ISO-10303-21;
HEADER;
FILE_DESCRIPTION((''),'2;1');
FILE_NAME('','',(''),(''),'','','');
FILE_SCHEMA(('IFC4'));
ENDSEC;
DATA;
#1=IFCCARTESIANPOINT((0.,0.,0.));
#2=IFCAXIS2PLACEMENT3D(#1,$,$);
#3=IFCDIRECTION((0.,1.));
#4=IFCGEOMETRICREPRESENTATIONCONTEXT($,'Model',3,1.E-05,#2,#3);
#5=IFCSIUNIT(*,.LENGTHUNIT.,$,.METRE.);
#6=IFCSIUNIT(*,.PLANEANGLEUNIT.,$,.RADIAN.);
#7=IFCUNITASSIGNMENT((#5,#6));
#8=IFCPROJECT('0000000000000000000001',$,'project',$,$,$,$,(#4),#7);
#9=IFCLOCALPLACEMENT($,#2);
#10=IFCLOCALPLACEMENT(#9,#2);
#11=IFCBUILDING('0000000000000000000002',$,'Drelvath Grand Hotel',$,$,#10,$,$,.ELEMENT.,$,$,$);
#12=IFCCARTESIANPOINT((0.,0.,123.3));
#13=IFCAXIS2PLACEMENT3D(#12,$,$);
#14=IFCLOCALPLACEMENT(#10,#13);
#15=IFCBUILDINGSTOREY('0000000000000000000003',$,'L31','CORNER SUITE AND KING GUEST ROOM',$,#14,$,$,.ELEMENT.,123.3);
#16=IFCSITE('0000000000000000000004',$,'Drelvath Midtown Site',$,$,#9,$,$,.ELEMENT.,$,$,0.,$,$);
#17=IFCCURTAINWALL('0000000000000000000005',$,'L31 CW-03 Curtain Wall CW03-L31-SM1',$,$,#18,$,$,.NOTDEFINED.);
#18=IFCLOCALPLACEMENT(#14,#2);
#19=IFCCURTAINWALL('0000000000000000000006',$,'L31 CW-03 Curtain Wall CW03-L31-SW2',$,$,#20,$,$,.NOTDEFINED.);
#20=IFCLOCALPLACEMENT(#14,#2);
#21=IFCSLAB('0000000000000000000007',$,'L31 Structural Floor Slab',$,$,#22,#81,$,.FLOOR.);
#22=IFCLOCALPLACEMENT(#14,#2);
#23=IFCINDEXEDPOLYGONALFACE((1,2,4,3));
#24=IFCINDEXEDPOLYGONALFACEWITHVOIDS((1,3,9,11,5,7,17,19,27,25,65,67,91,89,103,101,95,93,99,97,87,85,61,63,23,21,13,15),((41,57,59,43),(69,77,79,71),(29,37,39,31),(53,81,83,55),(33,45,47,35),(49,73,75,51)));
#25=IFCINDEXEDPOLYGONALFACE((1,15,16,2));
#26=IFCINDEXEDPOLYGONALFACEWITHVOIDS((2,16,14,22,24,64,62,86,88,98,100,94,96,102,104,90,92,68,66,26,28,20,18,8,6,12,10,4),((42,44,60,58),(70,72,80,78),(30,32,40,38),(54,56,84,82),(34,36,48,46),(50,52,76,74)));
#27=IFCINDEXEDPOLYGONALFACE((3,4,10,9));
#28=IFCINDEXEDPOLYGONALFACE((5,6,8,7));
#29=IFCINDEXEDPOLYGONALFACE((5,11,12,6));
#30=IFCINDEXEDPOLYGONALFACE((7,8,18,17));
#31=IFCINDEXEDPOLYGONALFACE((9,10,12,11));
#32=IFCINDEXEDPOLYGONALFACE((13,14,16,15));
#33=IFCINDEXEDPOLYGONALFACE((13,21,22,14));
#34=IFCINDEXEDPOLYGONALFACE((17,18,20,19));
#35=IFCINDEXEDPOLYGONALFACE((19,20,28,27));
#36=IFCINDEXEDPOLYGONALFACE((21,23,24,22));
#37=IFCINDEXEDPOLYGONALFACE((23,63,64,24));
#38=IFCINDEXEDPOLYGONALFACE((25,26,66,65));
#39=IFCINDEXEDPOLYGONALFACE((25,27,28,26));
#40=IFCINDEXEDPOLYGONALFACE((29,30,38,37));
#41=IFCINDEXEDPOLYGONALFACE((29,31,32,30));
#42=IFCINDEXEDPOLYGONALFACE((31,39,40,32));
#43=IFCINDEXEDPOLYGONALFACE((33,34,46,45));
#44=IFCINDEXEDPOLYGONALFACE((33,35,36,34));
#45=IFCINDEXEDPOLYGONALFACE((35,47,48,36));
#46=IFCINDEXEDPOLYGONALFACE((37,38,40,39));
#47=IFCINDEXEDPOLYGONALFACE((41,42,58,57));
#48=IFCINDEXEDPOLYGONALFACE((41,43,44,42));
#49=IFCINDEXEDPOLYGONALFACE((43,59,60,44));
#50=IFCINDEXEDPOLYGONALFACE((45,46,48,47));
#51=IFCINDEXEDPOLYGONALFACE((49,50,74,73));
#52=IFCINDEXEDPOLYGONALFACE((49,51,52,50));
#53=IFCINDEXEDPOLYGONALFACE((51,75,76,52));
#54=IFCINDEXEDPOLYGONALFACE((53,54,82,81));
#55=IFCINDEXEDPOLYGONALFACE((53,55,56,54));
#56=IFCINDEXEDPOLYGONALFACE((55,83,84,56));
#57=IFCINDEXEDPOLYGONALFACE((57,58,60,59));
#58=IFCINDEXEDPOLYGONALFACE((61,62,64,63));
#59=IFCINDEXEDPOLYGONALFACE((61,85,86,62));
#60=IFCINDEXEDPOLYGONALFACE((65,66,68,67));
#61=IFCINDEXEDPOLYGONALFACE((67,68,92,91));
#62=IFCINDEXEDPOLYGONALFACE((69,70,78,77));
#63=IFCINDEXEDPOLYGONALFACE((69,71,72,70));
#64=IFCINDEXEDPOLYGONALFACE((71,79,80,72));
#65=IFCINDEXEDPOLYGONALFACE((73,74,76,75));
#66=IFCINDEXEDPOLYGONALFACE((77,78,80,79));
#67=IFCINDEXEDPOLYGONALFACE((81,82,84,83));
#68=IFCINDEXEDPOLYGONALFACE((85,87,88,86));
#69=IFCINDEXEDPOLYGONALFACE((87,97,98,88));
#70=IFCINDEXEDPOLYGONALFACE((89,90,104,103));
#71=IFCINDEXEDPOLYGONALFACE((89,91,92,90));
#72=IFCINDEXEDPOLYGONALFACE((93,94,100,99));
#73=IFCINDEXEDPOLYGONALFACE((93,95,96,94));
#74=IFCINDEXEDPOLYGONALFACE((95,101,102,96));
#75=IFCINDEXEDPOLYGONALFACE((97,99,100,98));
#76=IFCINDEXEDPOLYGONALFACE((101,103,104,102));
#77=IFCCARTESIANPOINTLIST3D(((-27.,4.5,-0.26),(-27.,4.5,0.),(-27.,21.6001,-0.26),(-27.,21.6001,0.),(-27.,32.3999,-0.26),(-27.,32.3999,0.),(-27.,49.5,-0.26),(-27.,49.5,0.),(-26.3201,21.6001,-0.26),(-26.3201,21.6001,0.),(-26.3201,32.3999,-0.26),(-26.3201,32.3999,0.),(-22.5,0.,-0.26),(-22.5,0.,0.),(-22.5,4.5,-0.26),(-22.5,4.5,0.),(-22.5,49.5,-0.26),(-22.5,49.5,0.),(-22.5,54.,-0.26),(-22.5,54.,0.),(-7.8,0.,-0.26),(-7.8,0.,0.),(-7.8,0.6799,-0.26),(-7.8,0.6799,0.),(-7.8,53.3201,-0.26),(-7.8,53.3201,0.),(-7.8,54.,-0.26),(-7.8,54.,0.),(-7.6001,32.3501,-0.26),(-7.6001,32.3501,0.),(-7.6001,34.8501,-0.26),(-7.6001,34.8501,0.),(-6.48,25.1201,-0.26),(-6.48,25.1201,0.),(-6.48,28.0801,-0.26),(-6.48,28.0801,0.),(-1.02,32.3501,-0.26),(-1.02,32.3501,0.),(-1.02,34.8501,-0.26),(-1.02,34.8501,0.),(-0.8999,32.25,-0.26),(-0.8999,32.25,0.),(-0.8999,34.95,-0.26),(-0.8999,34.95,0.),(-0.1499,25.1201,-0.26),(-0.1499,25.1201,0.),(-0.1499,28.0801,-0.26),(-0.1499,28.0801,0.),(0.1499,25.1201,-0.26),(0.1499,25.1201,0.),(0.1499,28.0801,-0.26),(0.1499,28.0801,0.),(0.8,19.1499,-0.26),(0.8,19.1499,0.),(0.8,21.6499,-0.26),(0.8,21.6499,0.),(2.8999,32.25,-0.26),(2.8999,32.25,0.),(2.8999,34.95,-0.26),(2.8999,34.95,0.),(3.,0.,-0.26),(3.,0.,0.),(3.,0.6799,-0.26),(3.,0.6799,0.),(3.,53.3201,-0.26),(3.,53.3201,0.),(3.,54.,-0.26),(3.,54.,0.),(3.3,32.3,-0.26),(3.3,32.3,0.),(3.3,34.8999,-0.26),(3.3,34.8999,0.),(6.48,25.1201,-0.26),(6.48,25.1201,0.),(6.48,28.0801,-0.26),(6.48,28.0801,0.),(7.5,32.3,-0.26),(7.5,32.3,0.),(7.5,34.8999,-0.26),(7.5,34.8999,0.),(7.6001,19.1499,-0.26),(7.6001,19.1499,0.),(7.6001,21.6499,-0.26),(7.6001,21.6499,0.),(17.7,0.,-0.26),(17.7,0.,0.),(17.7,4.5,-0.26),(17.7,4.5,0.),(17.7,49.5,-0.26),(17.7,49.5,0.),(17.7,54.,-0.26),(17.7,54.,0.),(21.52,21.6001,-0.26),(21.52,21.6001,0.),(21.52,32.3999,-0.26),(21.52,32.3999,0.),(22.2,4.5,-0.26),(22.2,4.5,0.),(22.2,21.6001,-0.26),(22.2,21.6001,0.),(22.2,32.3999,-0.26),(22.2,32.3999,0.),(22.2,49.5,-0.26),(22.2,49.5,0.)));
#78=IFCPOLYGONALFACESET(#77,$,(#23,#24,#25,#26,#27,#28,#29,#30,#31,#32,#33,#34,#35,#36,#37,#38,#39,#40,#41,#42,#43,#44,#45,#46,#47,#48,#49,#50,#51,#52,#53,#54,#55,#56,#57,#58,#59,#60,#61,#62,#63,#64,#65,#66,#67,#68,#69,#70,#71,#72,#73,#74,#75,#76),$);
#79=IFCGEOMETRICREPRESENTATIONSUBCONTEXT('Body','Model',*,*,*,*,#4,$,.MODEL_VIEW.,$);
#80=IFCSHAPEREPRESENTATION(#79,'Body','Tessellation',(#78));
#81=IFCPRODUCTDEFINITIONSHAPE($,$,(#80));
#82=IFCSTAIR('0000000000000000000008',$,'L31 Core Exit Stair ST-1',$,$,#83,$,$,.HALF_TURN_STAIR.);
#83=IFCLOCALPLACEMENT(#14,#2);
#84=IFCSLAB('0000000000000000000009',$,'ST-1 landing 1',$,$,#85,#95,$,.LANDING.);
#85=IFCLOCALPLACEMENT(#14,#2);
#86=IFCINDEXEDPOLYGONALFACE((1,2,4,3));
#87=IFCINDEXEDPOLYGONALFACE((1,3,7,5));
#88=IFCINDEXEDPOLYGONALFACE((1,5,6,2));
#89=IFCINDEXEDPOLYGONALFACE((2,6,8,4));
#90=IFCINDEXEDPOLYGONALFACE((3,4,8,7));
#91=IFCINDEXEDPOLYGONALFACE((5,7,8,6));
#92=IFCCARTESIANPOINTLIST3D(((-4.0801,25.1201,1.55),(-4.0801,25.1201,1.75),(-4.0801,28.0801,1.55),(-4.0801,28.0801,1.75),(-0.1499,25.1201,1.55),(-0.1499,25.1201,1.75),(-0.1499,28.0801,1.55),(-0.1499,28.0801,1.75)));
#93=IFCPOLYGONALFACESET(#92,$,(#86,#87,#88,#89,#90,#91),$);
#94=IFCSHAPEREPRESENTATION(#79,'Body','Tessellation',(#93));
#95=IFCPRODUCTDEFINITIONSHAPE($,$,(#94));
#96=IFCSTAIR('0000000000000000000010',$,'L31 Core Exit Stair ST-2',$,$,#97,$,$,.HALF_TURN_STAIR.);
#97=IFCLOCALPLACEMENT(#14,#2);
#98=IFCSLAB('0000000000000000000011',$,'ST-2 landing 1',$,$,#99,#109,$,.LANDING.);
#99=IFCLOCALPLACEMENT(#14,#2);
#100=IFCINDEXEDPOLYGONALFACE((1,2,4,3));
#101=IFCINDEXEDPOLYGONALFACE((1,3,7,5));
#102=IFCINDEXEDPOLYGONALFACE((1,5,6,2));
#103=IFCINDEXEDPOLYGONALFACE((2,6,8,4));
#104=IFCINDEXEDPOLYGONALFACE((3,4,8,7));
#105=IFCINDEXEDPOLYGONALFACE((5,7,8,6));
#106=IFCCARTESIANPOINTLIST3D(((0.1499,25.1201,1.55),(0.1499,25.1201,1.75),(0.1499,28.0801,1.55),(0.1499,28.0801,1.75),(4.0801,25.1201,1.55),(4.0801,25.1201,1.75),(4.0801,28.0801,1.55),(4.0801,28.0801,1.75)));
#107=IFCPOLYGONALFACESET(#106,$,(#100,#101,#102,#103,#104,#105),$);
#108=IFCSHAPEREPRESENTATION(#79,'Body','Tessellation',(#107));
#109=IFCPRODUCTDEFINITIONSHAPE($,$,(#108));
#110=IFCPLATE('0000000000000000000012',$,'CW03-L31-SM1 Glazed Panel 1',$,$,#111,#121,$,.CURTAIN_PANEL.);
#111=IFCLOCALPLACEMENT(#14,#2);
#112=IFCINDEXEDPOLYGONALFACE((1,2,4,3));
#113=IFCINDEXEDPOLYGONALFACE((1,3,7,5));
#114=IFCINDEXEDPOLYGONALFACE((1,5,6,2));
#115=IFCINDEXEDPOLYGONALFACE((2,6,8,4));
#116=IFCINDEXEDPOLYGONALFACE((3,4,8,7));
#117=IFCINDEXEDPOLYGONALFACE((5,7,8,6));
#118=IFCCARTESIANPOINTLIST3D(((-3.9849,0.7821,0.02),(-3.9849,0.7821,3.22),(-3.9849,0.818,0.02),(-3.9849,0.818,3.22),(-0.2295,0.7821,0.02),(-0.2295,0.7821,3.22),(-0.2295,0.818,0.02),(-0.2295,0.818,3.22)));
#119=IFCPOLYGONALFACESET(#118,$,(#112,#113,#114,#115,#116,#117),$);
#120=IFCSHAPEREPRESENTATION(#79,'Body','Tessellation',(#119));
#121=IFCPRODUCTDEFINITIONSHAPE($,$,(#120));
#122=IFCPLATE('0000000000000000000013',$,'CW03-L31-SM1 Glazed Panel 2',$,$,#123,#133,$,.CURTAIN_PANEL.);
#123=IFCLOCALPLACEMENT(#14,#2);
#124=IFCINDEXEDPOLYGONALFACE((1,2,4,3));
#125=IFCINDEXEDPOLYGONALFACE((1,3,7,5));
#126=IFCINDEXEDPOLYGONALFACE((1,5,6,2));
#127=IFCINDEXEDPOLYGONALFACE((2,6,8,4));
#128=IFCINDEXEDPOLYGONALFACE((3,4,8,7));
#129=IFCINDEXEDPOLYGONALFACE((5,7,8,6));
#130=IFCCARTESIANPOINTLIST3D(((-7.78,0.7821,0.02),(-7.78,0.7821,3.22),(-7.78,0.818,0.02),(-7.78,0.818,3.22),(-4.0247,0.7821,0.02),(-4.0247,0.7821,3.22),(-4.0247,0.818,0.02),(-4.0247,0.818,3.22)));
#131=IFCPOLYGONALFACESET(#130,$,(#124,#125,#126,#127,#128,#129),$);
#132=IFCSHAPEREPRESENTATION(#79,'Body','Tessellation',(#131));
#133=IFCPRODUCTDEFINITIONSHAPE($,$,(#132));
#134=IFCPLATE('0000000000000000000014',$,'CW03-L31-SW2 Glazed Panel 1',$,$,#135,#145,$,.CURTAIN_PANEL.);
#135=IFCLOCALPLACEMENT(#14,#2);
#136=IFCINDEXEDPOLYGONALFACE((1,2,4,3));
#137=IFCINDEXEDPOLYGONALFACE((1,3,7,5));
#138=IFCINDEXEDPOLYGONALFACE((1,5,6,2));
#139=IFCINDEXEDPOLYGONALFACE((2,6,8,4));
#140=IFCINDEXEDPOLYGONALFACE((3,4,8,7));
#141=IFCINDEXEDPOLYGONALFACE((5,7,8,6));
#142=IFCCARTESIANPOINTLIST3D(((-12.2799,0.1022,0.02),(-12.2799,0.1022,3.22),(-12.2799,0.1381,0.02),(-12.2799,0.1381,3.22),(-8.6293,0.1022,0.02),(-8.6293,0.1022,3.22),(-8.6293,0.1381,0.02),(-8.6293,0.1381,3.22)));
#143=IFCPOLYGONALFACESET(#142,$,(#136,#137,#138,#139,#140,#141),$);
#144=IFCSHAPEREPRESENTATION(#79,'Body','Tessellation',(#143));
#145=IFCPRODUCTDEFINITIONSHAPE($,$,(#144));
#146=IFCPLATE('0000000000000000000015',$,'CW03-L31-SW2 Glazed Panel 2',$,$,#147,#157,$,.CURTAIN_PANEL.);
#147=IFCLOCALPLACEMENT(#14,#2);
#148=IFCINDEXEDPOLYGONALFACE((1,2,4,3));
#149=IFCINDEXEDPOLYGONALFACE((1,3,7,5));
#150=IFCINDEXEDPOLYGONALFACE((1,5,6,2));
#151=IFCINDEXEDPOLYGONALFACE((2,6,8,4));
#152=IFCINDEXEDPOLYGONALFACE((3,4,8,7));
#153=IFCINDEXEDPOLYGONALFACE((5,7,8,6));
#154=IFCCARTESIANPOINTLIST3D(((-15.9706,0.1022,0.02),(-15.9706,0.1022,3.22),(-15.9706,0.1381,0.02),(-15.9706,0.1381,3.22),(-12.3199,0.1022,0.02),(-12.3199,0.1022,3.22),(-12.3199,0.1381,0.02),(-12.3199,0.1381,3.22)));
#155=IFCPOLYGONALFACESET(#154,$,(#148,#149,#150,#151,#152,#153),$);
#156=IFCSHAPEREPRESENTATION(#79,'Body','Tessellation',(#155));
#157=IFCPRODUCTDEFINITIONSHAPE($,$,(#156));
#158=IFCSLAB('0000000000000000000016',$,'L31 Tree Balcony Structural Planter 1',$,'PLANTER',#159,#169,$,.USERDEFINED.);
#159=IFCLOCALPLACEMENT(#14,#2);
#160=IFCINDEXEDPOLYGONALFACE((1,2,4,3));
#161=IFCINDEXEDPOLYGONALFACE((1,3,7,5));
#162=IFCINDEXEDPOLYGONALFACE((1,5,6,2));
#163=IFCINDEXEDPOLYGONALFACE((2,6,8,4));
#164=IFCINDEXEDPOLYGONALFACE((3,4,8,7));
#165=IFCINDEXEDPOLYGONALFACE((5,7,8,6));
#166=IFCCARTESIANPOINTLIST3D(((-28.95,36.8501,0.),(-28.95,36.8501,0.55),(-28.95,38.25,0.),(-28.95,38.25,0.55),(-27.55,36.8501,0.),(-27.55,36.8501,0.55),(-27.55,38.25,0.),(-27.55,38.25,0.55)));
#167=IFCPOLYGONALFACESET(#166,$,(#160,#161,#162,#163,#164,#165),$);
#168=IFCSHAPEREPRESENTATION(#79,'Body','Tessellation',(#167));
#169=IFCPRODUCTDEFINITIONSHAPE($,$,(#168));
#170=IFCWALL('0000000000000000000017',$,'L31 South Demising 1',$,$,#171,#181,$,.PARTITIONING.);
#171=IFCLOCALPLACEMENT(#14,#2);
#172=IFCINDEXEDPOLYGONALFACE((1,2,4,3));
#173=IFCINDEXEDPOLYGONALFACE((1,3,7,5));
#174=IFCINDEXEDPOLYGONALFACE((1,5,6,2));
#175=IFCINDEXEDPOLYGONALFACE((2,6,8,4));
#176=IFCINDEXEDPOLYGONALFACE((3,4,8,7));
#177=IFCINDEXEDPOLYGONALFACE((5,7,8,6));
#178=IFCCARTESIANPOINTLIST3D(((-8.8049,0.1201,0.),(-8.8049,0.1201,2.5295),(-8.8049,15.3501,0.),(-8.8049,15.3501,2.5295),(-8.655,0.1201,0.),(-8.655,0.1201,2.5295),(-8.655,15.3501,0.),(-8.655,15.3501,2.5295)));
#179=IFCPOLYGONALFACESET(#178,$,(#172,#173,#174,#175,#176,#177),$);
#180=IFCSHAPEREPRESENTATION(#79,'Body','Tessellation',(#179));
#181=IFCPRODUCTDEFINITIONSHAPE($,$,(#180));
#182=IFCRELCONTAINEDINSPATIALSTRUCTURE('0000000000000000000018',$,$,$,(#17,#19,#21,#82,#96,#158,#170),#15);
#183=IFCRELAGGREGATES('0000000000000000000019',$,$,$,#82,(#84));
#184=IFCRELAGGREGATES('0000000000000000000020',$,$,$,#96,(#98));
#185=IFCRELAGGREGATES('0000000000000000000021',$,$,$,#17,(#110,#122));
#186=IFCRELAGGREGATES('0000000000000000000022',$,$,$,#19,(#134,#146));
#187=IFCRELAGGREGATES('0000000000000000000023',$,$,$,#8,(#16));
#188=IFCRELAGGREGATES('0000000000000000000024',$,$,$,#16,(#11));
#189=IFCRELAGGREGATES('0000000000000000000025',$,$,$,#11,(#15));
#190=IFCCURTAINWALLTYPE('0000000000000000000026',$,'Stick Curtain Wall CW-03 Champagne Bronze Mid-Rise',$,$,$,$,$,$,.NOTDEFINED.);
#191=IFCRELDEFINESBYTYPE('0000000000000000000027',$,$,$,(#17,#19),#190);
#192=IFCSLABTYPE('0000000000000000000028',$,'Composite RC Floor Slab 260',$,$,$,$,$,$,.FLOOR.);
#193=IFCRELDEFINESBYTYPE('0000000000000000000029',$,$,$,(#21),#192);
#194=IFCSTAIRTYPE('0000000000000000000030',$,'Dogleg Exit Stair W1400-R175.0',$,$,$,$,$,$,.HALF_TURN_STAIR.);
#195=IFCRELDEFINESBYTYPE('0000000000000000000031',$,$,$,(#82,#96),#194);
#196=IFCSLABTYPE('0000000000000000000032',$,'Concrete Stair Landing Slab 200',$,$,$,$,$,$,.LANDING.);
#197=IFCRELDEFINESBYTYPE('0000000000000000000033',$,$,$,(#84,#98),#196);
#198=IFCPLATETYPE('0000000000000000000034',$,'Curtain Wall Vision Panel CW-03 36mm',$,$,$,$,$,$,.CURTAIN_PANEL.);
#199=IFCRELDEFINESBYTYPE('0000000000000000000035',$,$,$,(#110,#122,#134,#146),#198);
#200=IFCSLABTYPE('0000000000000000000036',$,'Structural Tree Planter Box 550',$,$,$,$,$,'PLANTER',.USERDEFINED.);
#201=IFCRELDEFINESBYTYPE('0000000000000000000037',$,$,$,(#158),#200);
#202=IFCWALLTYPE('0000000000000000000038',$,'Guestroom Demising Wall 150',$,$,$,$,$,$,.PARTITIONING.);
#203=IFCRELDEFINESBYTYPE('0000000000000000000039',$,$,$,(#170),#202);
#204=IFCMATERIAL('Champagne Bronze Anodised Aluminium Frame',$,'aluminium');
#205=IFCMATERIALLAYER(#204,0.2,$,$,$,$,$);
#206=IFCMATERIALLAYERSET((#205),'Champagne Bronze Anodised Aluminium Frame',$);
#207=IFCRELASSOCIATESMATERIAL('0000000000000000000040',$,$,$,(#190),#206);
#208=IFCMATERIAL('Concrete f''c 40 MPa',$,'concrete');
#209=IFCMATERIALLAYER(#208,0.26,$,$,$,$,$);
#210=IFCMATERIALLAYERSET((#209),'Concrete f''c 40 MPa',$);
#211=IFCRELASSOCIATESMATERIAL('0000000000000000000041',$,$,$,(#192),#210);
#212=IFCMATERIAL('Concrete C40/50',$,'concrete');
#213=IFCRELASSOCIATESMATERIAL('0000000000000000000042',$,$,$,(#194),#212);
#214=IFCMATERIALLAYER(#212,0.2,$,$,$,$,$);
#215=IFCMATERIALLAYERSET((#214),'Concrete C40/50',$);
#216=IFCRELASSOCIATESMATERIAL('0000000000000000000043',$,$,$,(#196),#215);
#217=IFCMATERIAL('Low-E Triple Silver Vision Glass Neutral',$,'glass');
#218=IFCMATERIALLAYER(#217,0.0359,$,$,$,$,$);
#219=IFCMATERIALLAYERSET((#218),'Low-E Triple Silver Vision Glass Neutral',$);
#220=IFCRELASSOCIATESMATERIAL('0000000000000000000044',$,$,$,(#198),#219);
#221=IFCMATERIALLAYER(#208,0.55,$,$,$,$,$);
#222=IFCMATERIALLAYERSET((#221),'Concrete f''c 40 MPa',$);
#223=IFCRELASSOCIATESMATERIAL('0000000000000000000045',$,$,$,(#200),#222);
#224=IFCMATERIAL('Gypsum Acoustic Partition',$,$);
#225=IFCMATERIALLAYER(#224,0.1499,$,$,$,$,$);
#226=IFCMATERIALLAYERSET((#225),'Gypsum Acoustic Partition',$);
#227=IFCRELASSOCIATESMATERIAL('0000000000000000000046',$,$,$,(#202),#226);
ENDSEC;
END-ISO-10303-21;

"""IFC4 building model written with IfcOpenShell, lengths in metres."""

from ifc_helpers import new_model, si_unit, direction, frame, frame_2d, origin, origin_2d, place, context, subcontext, project, spatial, polyline, rectangle, outline, extrude, material, layer, layer_set, type_object, element, aggregate, save


model = new_model("IFC4")

# Units and contexts
model_context = context("Model", 3, precision=1e-05, world=origin(), true_north=direction((0.0, 1.0)))
body_context = subcontext(model_context, "Body", "Model", "MODEL_VIEW")
ifc_project = project(units=[si_unit("LENGTHUNIT", "METRE"), si_unit("PLANEANGLEUNIT", "RADIAN")], contexts=[model_context])

# Site, building, storey
site_placement = place(None, origin())
site = spatial("IfcSite", under=ifc_project, at=site_placement, Name="Drelvath Midtown Site", CompositionType="ELEMENT", RefElevation=0.0)
building_placement = place(site_placement, origin())
building = spatial("IfcBuilding", under=site, at=building_placement, Name="Drelvath Grand Hotel", CompositionType="ELEMENT")
storey_placement = place(building_placement, frame((0.0, 0.0, 123.3)))
storey = spatial("IfcBuildingStorey", under=building, at=storey_placement, Name="L31", Description="CORNER SUITE AND KING GUEST ROOM", CompositionType="ELEMENT", Elevation=123.3)

# Curtain walls
ifc_material_1 = material(Name="Champagne Bronze Anodised Aluminium Frame", Category="aluminium")
ifc_layer_1 = layer(ifc_material_1, 0.2)
ifc_layer_set_1 = layer_set([ifc_layer_1], Name="Champagne Bronze Anodised Aluminium Frame")
curtain_wall_type = type_object("IfcCurtainWallType", Name="Stick Curtain Wall CW-03 Champagne Bronze Mid-Rise", PredefinedType="NOTDEFINED", material=ifc_layer_set_1)
curtain_wall_1_placement = place(storey_placement, origin())
curtain_wall_1 = element("IfcCurtainWall", 1, at=curtain_wall_1_placement, inside=storey, type_object=curtain_wall_type, Name="L31 CW-03 Curtain Wall CW03-L31-SM1", PredefinedType="NOTDEFINED")
curtain_wall_2_placement = place(storey_placement, origin())
curtain_wall_2 = element("IfcCurtainWall", 2, at=curtain_wall_2_placement, inside=storey, type_object=curtain_wall_type, Name="L31 CW-03 Curtain Wall CW03-L31-SW2", PredefinedType="NOTDEFINED")

# Slab
ifc_material_2 = material(Name="Concrete f'c 40 MPa", Category="concrete")
ifc_layer_2 = layer(ifc_material_2, 0.26)
ifc_layer_set_2 = layer_set([ifc_layer_2], Name="Concrete f'c 40 MPa")
slab_type_1 = type_object("IfcSlabType", Name="Composite RC Floor Slab 260", PredefinedType="FLOOR", material=ifc_layer_set_2)
slab_1_placement = place(storey_placement, frame((0.0, 0.0, -0.26)))
element("IfcSlab", 3, at=slab_1_placement, inside=storey, type_object=slab_type_1, Name="L31 Structural Floor Slab", PredefinedType="FLOOR", context=body_context, shape_type="SweptSolid", body=[
    extrude(outline(polyline([(-22.5, 0.0), (-7.8, 0.0), (-7.8, 0.6799), (3.0, 0.6799), (3.0, 0.0), (17.7, 0.0), (17.7, 4.5), (22.2, 4.5), (22.2, 21.6001), (21.52, 21.6001), (21.52, 32.3999), (22.2, 32.3999), (22.2, 49.5), (17.7, 49.5), (17.7, 54.0), (3.0, 54.0), (3.0, 53.3201), (-7.8, 53.3201), (-7.8, 54.0), (-22.5, 54.0), (-22.5, 49.5), (-27.0, 49.5), (-27.0, 32.3999), (-26.3201, 32.3999), (-26.3201, 21.6001), (-27.0, 21.6001), (-27.0, 4.5), (-22.5, 4.5), (-22.5, 0.0)]), holes=[polyline([(-6.48, 25.1201), (-6.48, 28.0801), (-0.1499, 28.0801), (-0.1499, 25.1201), (-6.48, 25.1201)]), polyline([(0.1499, 25.1201), (0.1499, 28.0801), (6.48, 28.0801), (6.48, 25.1201), (0.1499, 25.1201)]), polyline([(0.8, 19.1499), (0.8, 21.6499), (7.6001, 21.6499), (7.6001, 19.1499), (0.8, 19.1499)]), polyline([(-7.6001, 32.3501), (-7.6001, 34.8501), (-1.02, 34.8501), (-1.02, 32.3501), (-7.6001, 32.3501)]), polyline([(-0.8999, 32.25), (-0.8999, 34.95), (2.8999, 34.95), (2.8999, 32.25), (-0.8999, 32.25)]), polyline([(3.3, 32.3), (3.3, 34.8999), (7.5, 34.8999), (7.5, 32.3), (3.3, 32.3)])]), origin(), (0.0, 0.0, 1.0), 0.26),
])

# Stairs, slabs
ifc_material_3 = material(Name="Concrete C40/50", Category="concrete")
stair_type = type_object("IfcStairType", Name="Dogleg Exit Stair W1400-R175.0", PredefinedType="HALF_TURN_STAIR", material=ifc_material_3)
stair_1_placement = place(storey_placement, origin())
stair_1 = element("IfcStair", 4, at=stair_1_placement, inside=storey, type_object=stair_type, Name="L31 Core Exit Stair ST-1", PredefinedType="HALF_TURN_STAIR")
ifc_layer_3 = layer(ifc_material_3, 0.2)
ifc_layer_set_3 = layer_set([ifc_layer_3], Name="Concrete C40/50")
slab_type_2 = type_object("IfcSlabType", Name="Concrete Stair Landing Slab 200", PredefinedType="LANDING", material=ifc_layer_set_3)
slab_2_placement = place(storey_placement, frame((0.0, 0.0, 1.55)))
slab_2 = element("IfcSlab", 5, at=slab_2_placement, type_object=slab_type_2, Name="ST-1 landing 1", PredefinedType="LANDING", context=body_context, shape_type="SweptSolid", body=[
    extrude(outline(polyline([(-4.0801, 25.1201), (-0.1499, 25.1201), (-0.1499, 28.0801), (-4.0801, 28.0801), (-4.0801, 25.1201)])), origin(), (0.0, 0.0, 1.0), 0.2),
])
aggregate(stair_1, [slab_2])
stair_2_placement = place(storey_placement, origin())
stair_2 = element("IfcStair", 6, at=stair_2_placement, inside=storey, type_object=stair_type, Name="L31 Core Exit Stair ST-2", PredefinedType="HALF_TURN_STAIR")
slab_3_placement = place(storey_placement, frame((0.0, 0.0, 1.55)))
slab_3 = element("IfcSlab", 7, at=slab_3_placement, type_object=slab_type_2, Name="ST-2 landing 1", PredefinedType="LANDING", context=body_context, shape_type="SweptSolid", body=[
    extrude(outline(polyline([(4.0801, 28.0801), (0.1499, 28.0801), (0.1499, 25.1201), (4.0801, 25.1201), (4.0801, 28.0801)])), origin(), (0.0, 0.0, 1.0), 0.2),
])
aggregate(stair_2, [slab_3])

# Plates
ifc_material_4 = material(Name="Low-E Triple Silver Vision Glass Neutral", Category="glass")
ifc_layer_4 = layer(ifc_material_4, 0.0359)
ifc_layer_set_4 = layer_set([ifc_layer_4], Name="Low-E Triple Silver Vision Glass Neutral")
plate_type = type_object("IfcPlateType", Name="Curtain Wall Vision Panel CW-03 36mm", PredefinedType="CURTAIN_PANEL", material=ifc_layer_set_4)
plate_1_placement = place(storey_placement, frame((-2.1072, 0.8, 0.02), z_axis=(0.0, 0.0, 1.0), x_axis=(-1.0, 0.0, 0.0)))
plate_1 = element("IfcPlate", 8, at=plate_1_placement, type_object=plate_type, Name="CW03-L31-SM1 Glazed Panel 1", PredefinedType="CURTAIN_PANEL", context=body_context, shape_type="SweptSolid", body=[
    extrude(rectangle(XDim=3.7554, YDim=0.0359, at=origin_2d()), origin(), (0.0, 0.0, 1.0), 3.2),
])
plate_2_placement = place(storey_placement, frame((-5.9023, 0.8, 0.02), z_axis=(0.0, 0.0, 1.0), x_axis=(-1.0, 0.0, 0.0)))
plate_2 = element("IfcPlate", 9, at=plate_2_placement, type_object=plate_type, Name="CW03-L31-SM1 Glazed Panel 2", PredefinedType="CURTAIN_PANEL", context=body_context, shape_type="SweptSolid", body=[
    extrude(rectangle(XDim=3.7554, YDim=0.0359, at=origin_2d()), origin(), (0.0, 0.0, 1.0), 3.2),
])
aggregate(curtain_wall_1, [plate_1, plate_2])
plate_3_placement = place(storey_placement, frame((-10.4546, 0.1201, 0.02), z_axis=(0.0, 0.0, 1.0), x_axis=(-1.0, 0.0, 0.0)))
plate_3 = element("IfcPlate", 10, at=plate_3_placement, type_object=plate_type, Name="CW03-L31-SW2 Glazed Panel 1", PredefinedType="CURTAIN_PANEL", context=body_context, shape_type="SweptSolid", body=[
    extrude(rectangle(XDim=3.6506, YDim=0.0359, at=origin_2d()), origin(), (0.0, 0.0, 1.0), 3.2),
])
plate_4_placement = place(storey_placement, frame((-14.1453, 0.1201, 0.02), z_axis=(0.0, 0.0, 1.0), x_axis=(-1.0, 0.0, 0.0)))
plate_4 = element("IfcPlate", 11, at=plate_4_placement, type_object=plate_type, Name="CW03-L31-SW2 Glazed Panel 2", PredefinedType="CURTAIN_PANEL", context=body_context, shape_type="SweptSolid", body=[
    extrude(rectangle(XDim=3.6506, YDim=0.0359, at=origin_2d()), origin(), (0.0, 0.0, 1.0), 3.2),
])
aggregate(curtain_wall_2, [plate_3, plate_4])

# Slab
ifc_layer_5 = layer(ifc_material_2, 0.55)
ifc_layer_set_5 = layer_set([ifc_layer_5], Name="Concrete f'c 40 MPa")
slab_type_3 = type_object("IfcSlabType", Name="Structural Tree Planter Box 550", ElementType="PLANTER", PredefinedType="USERDEFINED", material=ifc_layer_set_5)
slab_4_placement = place(storey_placement, origin())
element("IfcSlab", 12, at=slab_4_placement, inside=storey, type_object=slab_type_3, Name="L31 Tree Balcony Structural Planter 1", ObjectType="PLANTER", PredefinedType="USERDEFINED", context=body_context, shape_type="SweptSolid", body=[
    extrude(outline(polyline([(-28.95, 36.8501), (-27.55, 36.8501), (-27.55, 38.25), (-28.95, 38.25), (-28.95, 36.8501)])), origin(), (0.0, 0.0, 1.0), 0.55),
])

# Wall
ifc_material_5 = material(Name="Gypsum Acoustic Partition")
ifc_layer_6 = layer(ifc_material_5, 0.1499)
ifc_layer_set_6 = layer_set([ifc_layer_6], Name="Gypsum Acoustic Partition")
wall_type_1 = type_object("IfcWallType", Name="Guestroom Demising Wall 150", PredefinedType="PARTITIONING", material=ifc_layer_set_6)
wall_1_placement = place(storey_placement, frame((-8.73, 0.1201, 0.0), z_axis=(0.0, 0.0, 1.0), x_axis=(0.0, 1.0, 0.0)))
element("IfcWall", 13, at=wall_1_placement, inside=storey, type_object=wall_type_1, Name="L31 South Demising 1", PredefinedType="PARTITIONING", context=body_context, shape_type="SweptSolid", body=[
    extrude(rectangle(XDim=15.23, YDim=0.1499, at=frame_2d((7.615, 0.0))), origin(), (0.0, 0.0, 1.0), 2.5295),
])

save(model, "model.ifc")
